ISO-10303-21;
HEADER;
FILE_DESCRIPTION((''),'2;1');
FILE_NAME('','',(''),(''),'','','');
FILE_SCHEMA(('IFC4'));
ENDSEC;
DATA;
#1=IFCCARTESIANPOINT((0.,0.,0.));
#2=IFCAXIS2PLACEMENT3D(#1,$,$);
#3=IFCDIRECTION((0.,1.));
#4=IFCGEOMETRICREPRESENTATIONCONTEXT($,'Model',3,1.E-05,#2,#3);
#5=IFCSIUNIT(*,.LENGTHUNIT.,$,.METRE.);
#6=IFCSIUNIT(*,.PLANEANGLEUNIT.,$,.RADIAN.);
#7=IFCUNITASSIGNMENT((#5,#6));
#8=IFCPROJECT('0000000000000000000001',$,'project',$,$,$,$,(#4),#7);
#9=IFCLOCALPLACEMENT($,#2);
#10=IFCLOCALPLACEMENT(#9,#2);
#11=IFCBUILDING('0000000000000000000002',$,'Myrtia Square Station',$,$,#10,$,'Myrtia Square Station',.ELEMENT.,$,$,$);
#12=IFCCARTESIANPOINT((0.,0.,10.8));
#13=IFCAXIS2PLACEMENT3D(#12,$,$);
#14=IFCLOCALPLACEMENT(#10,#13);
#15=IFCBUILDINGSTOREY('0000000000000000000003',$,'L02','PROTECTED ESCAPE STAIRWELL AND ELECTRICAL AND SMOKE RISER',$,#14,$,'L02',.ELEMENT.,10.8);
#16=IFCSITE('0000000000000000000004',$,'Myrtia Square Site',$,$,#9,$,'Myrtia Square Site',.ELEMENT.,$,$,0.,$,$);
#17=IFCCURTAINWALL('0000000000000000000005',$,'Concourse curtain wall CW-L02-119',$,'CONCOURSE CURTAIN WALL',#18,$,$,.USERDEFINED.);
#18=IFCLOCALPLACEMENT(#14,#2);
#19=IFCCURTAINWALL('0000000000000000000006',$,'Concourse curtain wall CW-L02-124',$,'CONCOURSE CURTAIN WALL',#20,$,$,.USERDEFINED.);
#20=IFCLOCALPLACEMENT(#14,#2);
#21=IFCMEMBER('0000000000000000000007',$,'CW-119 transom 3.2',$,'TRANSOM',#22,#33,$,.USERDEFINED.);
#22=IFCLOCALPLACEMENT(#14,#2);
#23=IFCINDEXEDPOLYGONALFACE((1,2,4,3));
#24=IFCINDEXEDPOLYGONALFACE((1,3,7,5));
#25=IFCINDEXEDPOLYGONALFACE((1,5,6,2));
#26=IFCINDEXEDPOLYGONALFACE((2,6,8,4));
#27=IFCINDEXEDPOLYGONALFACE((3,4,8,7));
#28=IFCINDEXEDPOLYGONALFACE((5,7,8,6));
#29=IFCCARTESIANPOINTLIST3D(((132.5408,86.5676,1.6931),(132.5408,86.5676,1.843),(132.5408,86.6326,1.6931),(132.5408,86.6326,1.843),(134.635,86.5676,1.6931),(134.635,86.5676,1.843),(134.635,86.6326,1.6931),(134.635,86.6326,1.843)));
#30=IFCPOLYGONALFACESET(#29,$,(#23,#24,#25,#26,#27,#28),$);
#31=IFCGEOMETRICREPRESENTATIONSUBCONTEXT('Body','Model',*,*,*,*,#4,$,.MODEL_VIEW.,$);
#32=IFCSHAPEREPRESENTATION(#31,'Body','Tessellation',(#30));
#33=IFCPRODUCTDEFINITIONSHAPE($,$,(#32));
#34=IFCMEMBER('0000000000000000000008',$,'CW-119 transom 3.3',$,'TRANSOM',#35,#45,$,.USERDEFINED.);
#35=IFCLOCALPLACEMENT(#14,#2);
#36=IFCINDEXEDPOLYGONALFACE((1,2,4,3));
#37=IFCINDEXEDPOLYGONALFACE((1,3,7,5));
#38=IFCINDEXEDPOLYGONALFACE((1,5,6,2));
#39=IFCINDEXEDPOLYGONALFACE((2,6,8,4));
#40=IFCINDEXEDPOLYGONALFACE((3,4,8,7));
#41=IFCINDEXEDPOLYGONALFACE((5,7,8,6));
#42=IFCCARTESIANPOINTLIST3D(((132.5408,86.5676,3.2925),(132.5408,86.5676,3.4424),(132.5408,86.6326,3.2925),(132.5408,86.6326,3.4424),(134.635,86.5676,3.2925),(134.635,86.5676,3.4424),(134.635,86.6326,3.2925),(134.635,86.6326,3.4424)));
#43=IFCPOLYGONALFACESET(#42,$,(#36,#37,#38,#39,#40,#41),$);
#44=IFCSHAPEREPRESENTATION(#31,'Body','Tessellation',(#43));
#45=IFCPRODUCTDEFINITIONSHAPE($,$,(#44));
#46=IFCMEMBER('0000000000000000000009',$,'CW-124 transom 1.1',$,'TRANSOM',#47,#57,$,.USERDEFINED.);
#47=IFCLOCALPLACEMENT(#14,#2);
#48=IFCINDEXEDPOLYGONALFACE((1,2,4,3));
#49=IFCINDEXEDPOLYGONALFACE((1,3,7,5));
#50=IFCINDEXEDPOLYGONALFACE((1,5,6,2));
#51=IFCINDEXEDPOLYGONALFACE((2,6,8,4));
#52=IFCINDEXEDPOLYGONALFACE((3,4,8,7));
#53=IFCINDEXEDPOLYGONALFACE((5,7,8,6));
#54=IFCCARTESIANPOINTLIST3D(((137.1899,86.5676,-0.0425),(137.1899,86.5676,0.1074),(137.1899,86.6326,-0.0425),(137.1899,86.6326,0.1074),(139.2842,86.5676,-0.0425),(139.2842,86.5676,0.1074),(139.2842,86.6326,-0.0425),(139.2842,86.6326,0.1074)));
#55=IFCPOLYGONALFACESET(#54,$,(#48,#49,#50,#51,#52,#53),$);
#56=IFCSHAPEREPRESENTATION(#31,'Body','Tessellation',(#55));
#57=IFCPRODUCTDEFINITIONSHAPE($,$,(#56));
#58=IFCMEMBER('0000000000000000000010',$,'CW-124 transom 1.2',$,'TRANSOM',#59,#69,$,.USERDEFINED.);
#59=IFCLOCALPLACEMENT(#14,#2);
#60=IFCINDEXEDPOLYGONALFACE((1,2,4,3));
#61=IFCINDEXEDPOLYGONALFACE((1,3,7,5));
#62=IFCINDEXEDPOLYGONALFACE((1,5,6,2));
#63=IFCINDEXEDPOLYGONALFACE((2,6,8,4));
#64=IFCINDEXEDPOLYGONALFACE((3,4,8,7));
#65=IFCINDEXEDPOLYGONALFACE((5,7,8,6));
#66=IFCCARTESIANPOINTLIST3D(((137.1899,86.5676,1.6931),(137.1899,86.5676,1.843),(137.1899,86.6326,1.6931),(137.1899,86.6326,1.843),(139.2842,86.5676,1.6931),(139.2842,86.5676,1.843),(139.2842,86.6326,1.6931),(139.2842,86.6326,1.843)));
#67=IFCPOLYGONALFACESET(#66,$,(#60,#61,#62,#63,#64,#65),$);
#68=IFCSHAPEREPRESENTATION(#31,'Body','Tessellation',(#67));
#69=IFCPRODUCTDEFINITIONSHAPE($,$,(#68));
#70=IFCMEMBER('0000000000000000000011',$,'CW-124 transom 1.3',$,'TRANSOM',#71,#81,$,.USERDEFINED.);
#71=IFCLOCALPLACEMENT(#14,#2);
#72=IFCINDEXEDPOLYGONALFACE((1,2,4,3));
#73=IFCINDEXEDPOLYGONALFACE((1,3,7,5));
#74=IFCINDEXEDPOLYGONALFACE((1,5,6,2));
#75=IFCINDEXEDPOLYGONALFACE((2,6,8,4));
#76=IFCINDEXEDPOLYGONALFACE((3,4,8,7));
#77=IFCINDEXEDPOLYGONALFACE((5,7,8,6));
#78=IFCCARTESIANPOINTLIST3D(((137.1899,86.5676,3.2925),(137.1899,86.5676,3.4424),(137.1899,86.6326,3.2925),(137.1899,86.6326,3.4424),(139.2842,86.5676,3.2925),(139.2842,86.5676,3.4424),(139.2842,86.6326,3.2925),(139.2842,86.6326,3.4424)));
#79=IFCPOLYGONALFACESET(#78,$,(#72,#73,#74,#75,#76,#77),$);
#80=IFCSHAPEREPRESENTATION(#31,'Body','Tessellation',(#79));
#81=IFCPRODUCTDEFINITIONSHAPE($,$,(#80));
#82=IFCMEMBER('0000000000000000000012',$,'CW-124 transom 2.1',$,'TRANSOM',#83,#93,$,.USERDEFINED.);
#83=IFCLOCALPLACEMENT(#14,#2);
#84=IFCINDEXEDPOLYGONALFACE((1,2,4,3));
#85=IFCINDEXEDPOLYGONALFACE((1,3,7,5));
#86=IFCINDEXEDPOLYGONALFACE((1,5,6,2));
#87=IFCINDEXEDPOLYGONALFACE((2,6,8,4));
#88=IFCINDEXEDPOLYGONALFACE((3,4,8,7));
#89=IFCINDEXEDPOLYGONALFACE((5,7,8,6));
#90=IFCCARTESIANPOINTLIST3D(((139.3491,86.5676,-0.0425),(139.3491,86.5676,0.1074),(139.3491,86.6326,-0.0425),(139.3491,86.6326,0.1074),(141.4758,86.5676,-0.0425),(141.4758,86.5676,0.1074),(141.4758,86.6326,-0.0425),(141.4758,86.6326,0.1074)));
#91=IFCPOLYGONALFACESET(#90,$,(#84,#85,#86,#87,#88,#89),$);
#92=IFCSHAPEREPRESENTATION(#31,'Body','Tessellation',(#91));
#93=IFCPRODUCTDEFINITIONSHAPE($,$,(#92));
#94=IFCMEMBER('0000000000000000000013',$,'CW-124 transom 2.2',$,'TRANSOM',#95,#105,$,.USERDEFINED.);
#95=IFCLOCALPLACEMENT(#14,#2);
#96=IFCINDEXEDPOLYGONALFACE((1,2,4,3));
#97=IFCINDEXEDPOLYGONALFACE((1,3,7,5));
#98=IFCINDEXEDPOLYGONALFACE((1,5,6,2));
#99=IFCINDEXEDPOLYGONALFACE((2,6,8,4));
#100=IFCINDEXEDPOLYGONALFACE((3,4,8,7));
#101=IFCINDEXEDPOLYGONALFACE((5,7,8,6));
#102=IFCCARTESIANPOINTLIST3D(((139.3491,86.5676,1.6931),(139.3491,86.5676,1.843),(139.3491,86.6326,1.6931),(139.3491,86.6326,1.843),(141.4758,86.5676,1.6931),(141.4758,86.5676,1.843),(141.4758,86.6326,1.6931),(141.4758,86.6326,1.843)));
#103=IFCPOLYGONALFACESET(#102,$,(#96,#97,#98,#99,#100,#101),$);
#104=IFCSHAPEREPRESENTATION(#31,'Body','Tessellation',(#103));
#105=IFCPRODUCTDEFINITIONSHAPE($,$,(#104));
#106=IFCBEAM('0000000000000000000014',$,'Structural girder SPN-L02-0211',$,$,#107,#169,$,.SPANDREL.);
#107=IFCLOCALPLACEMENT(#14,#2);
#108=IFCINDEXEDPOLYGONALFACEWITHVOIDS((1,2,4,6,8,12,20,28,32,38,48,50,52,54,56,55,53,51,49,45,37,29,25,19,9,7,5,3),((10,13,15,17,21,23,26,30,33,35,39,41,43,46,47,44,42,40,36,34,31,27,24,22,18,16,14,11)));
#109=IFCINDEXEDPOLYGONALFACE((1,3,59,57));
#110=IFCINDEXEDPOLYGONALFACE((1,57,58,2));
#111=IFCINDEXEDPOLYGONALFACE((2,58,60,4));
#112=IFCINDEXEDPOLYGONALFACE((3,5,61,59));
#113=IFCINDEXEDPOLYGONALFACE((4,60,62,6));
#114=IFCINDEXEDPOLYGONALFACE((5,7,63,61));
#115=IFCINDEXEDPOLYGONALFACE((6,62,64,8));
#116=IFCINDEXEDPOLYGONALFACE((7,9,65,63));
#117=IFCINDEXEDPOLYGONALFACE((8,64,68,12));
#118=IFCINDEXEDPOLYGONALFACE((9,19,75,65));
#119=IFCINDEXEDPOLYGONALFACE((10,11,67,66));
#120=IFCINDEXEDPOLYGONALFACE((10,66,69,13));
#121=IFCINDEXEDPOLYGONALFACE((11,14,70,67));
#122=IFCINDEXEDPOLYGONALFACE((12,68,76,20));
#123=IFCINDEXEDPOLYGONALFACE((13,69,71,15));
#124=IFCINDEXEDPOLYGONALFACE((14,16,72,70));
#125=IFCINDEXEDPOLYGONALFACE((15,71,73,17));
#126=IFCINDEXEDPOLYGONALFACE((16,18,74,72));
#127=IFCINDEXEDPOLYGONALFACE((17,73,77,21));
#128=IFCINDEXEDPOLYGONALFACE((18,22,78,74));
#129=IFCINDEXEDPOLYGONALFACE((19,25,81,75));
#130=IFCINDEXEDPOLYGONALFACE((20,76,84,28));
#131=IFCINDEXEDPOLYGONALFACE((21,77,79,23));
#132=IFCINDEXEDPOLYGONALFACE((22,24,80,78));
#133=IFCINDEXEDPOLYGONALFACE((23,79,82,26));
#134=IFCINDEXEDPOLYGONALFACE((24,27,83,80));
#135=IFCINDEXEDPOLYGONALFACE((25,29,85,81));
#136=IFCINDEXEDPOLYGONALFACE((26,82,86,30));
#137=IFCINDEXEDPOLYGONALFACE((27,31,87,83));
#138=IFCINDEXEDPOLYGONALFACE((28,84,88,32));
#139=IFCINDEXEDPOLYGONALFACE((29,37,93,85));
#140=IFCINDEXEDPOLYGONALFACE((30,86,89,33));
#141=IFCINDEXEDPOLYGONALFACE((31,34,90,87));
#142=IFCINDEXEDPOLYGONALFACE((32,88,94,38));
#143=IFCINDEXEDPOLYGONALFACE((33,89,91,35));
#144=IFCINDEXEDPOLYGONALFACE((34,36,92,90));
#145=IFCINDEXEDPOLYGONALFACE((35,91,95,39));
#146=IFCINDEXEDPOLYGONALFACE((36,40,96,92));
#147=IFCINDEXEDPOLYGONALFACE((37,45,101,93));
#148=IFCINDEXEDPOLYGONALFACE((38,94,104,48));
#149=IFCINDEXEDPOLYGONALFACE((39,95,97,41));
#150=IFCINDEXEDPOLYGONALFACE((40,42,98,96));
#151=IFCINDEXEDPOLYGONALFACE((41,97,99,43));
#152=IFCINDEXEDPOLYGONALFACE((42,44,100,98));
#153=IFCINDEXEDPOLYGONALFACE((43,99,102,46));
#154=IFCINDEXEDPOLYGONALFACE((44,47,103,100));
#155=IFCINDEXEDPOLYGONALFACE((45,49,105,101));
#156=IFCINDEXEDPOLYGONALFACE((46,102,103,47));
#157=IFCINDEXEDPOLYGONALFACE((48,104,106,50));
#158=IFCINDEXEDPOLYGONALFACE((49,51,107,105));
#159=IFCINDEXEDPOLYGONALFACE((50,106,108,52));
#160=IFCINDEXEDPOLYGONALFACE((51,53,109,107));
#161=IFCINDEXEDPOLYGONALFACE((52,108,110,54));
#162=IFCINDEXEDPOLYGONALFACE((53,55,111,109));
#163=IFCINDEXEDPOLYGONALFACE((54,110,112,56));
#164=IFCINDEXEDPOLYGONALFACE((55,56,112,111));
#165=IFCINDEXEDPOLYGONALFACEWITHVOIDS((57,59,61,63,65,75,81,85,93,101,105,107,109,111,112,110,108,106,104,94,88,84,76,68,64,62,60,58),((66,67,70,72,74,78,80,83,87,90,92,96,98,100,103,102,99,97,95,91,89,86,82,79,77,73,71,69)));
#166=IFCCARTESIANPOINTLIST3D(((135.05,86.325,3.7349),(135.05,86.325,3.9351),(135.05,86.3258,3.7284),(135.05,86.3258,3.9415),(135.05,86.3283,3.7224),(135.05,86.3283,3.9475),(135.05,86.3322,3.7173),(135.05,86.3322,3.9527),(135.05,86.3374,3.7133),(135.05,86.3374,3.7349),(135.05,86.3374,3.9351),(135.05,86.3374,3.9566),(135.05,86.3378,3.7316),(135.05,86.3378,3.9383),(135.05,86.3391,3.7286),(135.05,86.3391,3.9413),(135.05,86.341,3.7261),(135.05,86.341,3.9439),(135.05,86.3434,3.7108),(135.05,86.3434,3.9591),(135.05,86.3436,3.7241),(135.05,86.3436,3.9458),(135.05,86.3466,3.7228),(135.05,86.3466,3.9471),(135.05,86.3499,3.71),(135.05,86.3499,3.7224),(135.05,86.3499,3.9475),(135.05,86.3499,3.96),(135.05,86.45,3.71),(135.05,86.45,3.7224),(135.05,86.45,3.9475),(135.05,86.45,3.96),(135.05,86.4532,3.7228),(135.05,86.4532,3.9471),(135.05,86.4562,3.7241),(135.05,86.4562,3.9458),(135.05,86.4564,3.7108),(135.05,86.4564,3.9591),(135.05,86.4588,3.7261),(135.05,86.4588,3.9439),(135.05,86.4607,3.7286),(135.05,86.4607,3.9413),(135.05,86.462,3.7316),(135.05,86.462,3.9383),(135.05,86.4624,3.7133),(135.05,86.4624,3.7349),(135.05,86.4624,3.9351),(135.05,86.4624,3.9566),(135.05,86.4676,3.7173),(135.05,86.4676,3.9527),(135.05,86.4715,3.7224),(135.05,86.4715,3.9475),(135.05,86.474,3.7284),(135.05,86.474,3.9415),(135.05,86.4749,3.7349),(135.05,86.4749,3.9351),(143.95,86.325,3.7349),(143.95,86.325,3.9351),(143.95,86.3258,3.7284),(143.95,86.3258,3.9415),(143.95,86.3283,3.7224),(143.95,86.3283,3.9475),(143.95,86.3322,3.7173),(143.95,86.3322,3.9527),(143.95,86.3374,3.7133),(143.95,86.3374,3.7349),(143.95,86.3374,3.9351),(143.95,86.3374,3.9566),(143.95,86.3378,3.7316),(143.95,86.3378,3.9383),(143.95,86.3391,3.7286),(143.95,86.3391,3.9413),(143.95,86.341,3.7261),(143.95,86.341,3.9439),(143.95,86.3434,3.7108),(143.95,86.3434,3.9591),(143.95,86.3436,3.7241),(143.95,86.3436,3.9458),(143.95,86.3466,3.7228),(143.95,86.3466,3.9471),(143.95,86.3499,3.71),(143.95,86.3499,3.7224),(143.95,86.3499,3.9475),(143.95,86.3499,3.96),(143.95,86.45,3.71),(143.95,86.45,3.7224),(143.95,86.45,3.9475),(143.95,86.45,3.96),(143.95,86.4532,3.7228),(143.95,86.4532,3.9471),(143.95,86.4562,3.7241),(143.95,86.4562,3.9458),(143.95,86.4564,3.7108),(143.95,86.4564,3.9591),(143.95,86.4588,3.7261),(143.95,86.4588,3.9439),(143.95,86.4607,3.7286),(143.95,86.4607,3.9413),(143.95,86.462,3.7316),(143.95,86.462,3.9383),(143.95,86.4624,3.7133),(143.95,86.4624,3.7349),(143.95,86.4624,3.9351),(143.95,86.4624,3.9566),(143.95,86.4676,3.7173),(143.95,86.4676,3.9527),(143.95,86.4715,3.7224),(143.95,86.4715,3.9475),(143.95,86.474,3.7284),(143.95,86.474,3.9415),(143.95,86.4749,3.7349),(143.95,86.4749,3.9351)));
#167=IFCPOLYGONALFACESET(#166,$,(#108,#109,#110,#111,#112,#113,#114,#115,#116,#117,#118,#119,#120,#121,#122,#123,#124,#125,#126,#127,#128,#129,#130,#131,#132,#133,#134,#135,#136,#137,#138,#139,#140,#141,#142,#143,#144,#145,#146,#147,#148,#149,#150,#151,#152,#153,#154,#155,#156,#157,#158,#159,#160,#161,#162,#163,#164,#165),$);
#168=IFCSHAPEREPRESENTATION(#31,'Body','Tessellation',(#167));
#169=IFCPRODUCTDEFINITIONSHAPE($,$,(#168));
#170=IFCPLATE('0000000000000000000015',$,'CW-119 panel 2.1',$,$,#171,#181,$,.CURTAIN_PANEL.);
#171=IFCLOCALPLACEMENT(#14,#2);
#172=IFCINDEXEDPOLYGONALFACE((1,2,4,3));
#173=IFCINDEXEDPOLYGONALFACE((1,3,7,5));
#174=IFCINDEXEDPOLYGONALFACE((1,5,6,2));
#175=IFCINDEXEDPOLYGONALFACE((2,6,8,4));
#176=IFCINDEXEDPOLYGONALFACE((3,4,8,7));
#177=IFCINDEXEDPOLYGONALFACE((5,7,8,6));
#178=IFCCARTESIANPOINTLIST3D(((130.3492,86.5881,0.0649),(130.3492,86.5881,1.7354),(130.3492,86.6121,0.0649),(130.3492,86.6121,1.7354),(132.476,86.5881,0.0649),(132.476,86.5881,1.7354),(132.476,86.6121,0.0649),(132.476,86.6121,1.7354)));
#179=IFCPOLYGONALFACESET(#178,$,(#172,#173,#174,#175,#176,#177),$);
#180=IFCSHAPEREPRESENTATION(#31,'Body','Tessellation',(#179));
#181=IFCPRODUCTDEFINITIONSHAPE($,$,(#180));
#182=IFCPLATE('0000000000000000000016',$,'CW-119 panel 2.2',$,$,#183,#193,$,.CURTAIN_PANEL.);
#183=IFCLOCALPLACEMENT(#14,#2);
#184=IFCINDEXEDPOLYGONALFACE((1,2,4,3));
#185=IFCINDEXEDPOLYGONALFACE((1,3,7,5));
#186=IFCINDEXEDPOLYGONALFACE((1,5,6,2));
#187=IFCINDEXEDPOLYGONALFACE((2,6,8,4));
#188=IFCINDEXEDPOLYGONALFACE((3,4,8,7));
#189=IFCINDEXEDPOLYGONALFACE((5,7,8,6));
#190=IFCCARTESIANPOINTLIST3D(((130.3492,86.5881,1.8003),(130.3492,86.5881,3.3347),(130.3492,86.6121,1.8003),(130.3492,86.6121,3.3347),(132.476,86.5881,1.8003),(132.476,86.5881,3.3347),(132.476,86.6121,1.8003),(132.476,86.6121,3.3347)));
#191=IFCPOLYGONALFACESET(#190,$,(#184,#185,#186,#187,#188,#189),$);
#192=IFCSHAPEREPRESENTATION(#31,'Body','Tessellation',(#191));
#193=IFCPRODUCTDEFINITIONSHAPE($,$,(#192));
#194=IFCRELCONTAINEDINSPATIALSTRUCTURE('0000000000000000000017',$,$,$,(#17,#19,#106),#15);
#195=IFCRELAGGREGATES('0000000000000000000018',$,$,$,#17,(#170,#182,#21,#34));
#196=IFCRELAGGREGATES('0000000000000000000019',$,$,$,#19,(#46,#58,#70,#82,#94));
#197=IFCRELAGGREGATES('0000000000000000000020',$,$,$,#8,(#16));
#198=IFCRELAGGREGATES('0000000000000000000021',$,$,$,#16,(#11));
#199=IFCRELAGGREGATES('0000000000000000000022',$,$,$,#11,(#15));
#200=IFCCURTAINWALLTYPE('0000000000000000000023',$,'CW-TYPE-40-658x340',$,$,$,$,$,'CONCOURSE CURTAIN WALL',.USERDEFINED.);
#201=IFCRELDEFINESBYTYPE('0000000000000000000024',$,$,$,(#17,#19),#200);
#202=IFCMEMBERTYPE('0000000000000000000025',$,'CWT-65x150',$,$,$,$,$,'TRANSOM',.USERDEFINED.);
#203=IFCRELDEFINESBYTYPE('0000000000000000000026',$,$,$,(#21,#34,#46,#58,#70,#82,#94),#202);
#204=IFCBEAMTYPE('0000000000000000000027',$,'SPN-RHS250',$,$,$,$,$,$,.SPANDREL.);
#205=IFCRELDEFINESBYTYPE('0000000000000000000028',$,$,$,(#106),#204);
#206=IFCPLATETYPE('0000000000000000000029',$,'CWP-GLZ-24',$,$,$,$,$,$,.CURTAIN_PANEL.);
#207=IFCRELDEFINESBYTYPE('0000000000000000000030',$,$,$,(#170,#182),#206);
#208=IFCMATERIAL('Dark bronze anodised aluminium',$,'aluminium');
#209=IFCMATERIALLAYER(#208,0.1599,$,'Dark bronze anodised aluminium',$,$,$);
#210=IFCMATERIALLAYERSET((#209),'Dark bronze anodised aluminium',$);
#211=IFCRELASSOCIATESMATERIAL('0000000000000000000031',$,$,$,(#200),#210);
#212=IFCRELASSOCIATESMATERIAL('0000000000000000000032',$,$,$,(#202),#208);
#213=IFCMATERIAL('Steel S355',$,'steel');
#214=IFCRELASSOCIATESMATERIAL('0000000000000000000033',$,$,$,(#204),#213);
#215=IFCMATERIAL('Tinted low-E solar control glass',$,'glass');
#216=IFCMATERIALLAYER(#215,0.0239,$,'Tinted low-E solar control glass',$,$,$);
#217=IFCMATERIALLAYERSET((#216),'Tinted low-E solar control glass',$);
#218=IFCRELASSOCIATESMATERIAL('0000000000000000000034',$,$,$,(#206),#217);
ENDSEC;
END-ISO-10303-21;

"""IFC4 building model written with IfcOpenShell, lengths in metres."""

from ifc_helpers import new_model, si_unit, direction, frame, origin, origin_2d, place, context, subcontext, project, spatial, rectangle, hollow_rectangle, extrude, material, layer, layer_set, material_profile, profile_set, type_object, element, aggregate, save


model = new_model("IFC4")

# Units and contexts
model_context = context("Model", 3, precision=1e-05, world=origin(), true_north=direction((0.0, 1.0)))
body_context = subcontext(model_context, "Body", "Model", "MODEL_VIEW")
ifc_project = project(units=[si_unit("LENGTHUNIT", "METRE"), si_unit("PLANEANGLEUNIT", "RADIAN")], contexts=[model_context])

# Site, building, storey
site_placement = place(None, origin())
site = spatial("IfcSite", under=ifc_project, at=site_placement, Name="Myrtia Square Site", LongName="Myrtia Square Site", CompositionType="ELEMENT", RefElevation=0.0)
building_placement = place(site_placement, origin())
building = spatial("IfcBuilding", under=site, at=building_placement, Name="Myrtia Square Station", LongName="Myrtia Square Station", CompositionType="ELEMENT")
storey_placement = place(building_placement, frame((0.0, 0.0, 10.8)))
storey = spatial("IfcBuildingStorey", under=building, at=storey_placement, Name="L02", Description="PROTECTED ESCAPE STAIRWELL AND ELECTRICAL AND SMOKE RISER", LongName="L02", CompositionType="ELEMENT", Elevation=10.8)

# Shared definitions
ifc_material_1 = material(Name="Steel S355", Category="steel")

# Curtain walls
ifc_material_2 = material(Name="Dark bronze anodised aluminium", Category="aluminium")
ifc_layer_1 = layer(ifc_material_2, 0.1599, Name="Dark bronze anodised aluminium")
ifc_layer_set_1 = layer_set([ifc_layer_1], Name="Dark bronze anodised aluminium")
curtain_wall_type = type_object("IfcCurtainWallType", Name="CW-TYPE-40-658x340", ElementType="CONCOURSE CURTAIN WALL", PredefinedType="USERDEFINED", material=ifc_layer_set_1)
curtain_wall_1_placement = place(storey_placement, origin())
curtain_wall_1 = element("IfcCurtainWall", 1, at=curtain_wall_1_placement, inside=storey, type_object=curtain_wall_type, Name="Concourse curtain wall CW-L02-119", ObjectType="CONCOURSE CURTAIN WALL", PredefinedType="USERDEFINED")
curtain_wall_2_placement = place(storey_placement, origin())
curtain_wall_2 = element("IfcCurtainWall", 2, at=curtain_wall_2_placement, inside=storey, type_object=curtain_wall_type, Name="Concourse curtain wall CW-L02-124", ObjectType="CONCOURSE CURTAIN WALL", PredefinedType="USERDEFINED")

# Members
ifc_material_profile_1 = material_profile(ifc_material_2, rectangle(XDim=0.0649, YDim=0.1499, at=origin_2d()), Name="ALU-T 65x150")
ifc_profile_set_1 = profile_set([ifc_material_profile_1], Name="Dark bronze anodised aluminium")
member_type_1 = type_object("IfcMemberType", Name="CWT-65x150", ElementType="TRANSOM", PredefinedType="USERDEFINED", material=ifc_profile_set_1)
member_1_placement = place(storey_placement, frame((132.5408, 86.6001, 1.7681), z_axis=(1.0, 0.0, 0.0), x_axis=(0.0, 1.0, 0.0)))
member_1 = element("IfcMember", 3, at=member_1_placement, type_object=member_type_1, Name="CW-119 transom 3.2", ObjectType="TRANSOM", PredefinedType="USERDEFINED", context=body_context, shape_type="SweptSolid", body=[
    extrude(rectangle(XDim=0.0649, YDim=0.1499, at=origin_2d()), origin(), (0.0, 0.0, 1.0), 2.0942),
])
member_2_placement = place(storey_placement, frame((132.5408, 86.6001, 3.3674), z_axis=(1.0, 0.0, 0.0), x_axis=(0.0, 1.0, 0.0)))
member_2 = element("IfcMember", 4, at=member_2_placement, type_object=member_type_1, Name="CW-119 transom 3.3", ObjectType="TRANSOM", PredefinedType="USERDEFINED", context=body_context, shape_type="SweptSolid", body=[
    extrude(rectangle(XDim=0.0649, YDim=0.1499, at=origin_2d()), origin(), (0.0, 0.0, 1.0), 2.0942),
])
member_3_placement = place(storey_placement, frame((137.1899, 86.6001, 0.0325), z_axis=(1.0, 0.0, 0.0), x_axis=(0.0, 1.0, 0.0)))
member_3 = element("IfcMember", 5, at=member_3_placement, type_object=member_type_1, Name="CW-124 transom 1.1", ObjectType="TRANSOM", PredefinedType="USERDEFINED", context=body_context, shape_type="SweptSolid", body=[
    extrude(rectangle(XDim=0.0649, YDim=0.1499, at=origin_2d()), origin(), (0.0, 0.0, 1.0), 2.0942),
])
member_4_placement = place(storey_placement, frame((137.1899, 86.6001, 1.7681), z_axis=(1.0, 0.0, 0.0), x_axis=(0.0, 1.0, 0.0)))
member_4 = element("IfcMember", 6, at=member_4_placement, type_object=member_type_1, Name="CW-124 transom 1.2", ObjectType="TRANSOM", PredefinedType="USERDEFINED", context=body_context, shape_type="SweptSolid", body=[
    extrude(rectangle(XDim=0.0649, YDim=0.1499, at=origin_2d()), origin(), (0.0, 0.0, 1.0), 2.0942),
])
member_5_placement = place(storey_placement, frame((137.1899, 86.6001, 3.3674), z_axis=(1.0, 0.0, 0.0), x_axis=(0.0, 1.0, 0.0)))
member_5 = element("IfcMember", 7, at=member_5_placement, type_object=member_type_1, Name="CW-124 transom 1.3", ObjectType="TRANSOM", PredefinedType="USERDEFINED", context=body_context, shape_type="SweptSolid", body=[
    extrude(rectangle(XDim=0.0649, YDim=0.1499, at=origin_2d()), origin(), (0.0, 0.0, 1.0), 2.0942),
])
member_6_placement = place(storey_placement, frame((139.3491, 86.6001, 0.0325), z_axis=(1.0, 0.0, 0.0), x_axis=(0.0, 1.0, 0.0)))
member_6 = element("IfcMember", 8, at=member_6_placement, type_object=member_type_1, Name="CW-124 transom 2.1", ObjectType="TRANSOM", PredefinedType="USERDEFINED", context=body_context, shape_type="SweptSolid", body=[
    extrude(rectangle(XDim=0.0649, YDim=0.1499, at=origin_2d()), origin(), (0.0, 0.0, 1.0), 2.1267),
])
member_7_placement = place(storey_placement, frame((139.3491, 86.6001, 1.7681), z_axis=(1.0, 0.0, 0.0), x_axis=(0.0, 1.0, 0.0)))
member_7 = element("IfcMember", 9, at=member_7_placement, type_object=member_type_1, Name="CW-124 transom 2.2", ObjectType="TRANSOM", PredefinedType="USERDEFINED", context=body_context, shape_type="SweptSolid", body=[
    extrude(rectangle(XDim=0.0649, YDim=0.1499, at=origin_2d()), origin(), (0.0, 0.0, 1.0), 2.1267),
])

# Beam
ifc_material_profile_2 = material_profile(ifc_material_1, hollow_rectangle(XDim=0.1499, YDim=0.25, WallThickness=0.0125, InnerFilletRadius=0.0125, OuterFilletRadius=0.0249, at=origin_2d()), Name="RHS 250x150x12.5")
ifc_profile_set_2 = profile_set([ifc_material_profile_2], Name="Steel S355")
beam_type_1 = type_object("IfcBeamType", Name="SPN-RHS250", PredefinedType="SPANDREL", material=ifc_profile_set_2)
beam_1_placement = place(storey_placement, frame((135.05, 86.3999, 3.835), z_axis=(1.0, 0.0, 0.0), x_axis=(0.0, 1.0, 0.0)))
element("IfcBeam", 10, at=beam_1_placement, inside=storey, type_object=beam_type_1, Name="Structural girder SPN-L02-0211", PredefinedType="SPANDREL", context=body_context, shape_type="SweptSolid", body=[
    extrude(hollow_rectangle(XDim=0.1499, YDim=0.25, WallThickness=0.0125, InnerFilletRadius=0.0125, OuterFilletRadius=0.0249, at=origin_2d()), origin(), (0.0, 0.0, 1.0), 8.8999),
])

# Plates
ifc_material_3 = material(Name="Tinted low-E solar control glass", Category="glass")
ifc_layer_2 = layer(ifc_material_3, 0.0239, Name="Tinted low-E solar control glass")
ifc_layer_set_2 = layer_set([ifc_layer_2], Name="Tinted low-E solar control glass")
plate_type_1 = type_object("IfcPlateType", Name="CWP-GLZ-24", PredefinedType="CURTAIN_PANEL", material=ifc_layer_set_2)
plate_1_placement = place(storey_placement, frame((131.4126, 86.6001, 0.0649), z_axis=(0.0, 0.0, 1.0), x_axis=(1.0, 0.0, 0.0)))
plate_1 = element("IfcPlate", 11, at=plate_1_placement, type_object=plate_type_1, Name="CW-119 panel 2.1", PredefinedType="CURTAIN_PANEL", context=body_context, shape_type="SweptSolid", body=[
    extrude(rectangle(XDim=2.1267, YDim=0.0239, at=origin_2d()), origin(), (0.0, 0.0, 1.0), 1.6704),
])
plate_2_placement = place(storey_placement, frame((131.4126, 86.6001, 1.8003), z_axis=(0.0, 0.0, 1.0), x_axis=(1.0, 0.0, 0.0)))
plate_2 = element("IfcPlate", 12, at=plate_2_placement, type_object=plate_type_1, Name="CW-119 panel 2.2", PredefinedType="CURTAIN_PANEL", context=body_context, shape_type="SweptSolid", body=[
    extrude(rectangle(XDim=2.1267, YDim=0.0239, at=origin_2d()), origin(), (0.0, 0.0, 1.0), 1.5344),
])
aggregate(curtain_wall_1, [plate_1, plate_2, member_1, member_2])
aggregate(curtain_wall_2, [member_3, member_4, member_5, member_6, member_7])

save(model, "model.ifc")
